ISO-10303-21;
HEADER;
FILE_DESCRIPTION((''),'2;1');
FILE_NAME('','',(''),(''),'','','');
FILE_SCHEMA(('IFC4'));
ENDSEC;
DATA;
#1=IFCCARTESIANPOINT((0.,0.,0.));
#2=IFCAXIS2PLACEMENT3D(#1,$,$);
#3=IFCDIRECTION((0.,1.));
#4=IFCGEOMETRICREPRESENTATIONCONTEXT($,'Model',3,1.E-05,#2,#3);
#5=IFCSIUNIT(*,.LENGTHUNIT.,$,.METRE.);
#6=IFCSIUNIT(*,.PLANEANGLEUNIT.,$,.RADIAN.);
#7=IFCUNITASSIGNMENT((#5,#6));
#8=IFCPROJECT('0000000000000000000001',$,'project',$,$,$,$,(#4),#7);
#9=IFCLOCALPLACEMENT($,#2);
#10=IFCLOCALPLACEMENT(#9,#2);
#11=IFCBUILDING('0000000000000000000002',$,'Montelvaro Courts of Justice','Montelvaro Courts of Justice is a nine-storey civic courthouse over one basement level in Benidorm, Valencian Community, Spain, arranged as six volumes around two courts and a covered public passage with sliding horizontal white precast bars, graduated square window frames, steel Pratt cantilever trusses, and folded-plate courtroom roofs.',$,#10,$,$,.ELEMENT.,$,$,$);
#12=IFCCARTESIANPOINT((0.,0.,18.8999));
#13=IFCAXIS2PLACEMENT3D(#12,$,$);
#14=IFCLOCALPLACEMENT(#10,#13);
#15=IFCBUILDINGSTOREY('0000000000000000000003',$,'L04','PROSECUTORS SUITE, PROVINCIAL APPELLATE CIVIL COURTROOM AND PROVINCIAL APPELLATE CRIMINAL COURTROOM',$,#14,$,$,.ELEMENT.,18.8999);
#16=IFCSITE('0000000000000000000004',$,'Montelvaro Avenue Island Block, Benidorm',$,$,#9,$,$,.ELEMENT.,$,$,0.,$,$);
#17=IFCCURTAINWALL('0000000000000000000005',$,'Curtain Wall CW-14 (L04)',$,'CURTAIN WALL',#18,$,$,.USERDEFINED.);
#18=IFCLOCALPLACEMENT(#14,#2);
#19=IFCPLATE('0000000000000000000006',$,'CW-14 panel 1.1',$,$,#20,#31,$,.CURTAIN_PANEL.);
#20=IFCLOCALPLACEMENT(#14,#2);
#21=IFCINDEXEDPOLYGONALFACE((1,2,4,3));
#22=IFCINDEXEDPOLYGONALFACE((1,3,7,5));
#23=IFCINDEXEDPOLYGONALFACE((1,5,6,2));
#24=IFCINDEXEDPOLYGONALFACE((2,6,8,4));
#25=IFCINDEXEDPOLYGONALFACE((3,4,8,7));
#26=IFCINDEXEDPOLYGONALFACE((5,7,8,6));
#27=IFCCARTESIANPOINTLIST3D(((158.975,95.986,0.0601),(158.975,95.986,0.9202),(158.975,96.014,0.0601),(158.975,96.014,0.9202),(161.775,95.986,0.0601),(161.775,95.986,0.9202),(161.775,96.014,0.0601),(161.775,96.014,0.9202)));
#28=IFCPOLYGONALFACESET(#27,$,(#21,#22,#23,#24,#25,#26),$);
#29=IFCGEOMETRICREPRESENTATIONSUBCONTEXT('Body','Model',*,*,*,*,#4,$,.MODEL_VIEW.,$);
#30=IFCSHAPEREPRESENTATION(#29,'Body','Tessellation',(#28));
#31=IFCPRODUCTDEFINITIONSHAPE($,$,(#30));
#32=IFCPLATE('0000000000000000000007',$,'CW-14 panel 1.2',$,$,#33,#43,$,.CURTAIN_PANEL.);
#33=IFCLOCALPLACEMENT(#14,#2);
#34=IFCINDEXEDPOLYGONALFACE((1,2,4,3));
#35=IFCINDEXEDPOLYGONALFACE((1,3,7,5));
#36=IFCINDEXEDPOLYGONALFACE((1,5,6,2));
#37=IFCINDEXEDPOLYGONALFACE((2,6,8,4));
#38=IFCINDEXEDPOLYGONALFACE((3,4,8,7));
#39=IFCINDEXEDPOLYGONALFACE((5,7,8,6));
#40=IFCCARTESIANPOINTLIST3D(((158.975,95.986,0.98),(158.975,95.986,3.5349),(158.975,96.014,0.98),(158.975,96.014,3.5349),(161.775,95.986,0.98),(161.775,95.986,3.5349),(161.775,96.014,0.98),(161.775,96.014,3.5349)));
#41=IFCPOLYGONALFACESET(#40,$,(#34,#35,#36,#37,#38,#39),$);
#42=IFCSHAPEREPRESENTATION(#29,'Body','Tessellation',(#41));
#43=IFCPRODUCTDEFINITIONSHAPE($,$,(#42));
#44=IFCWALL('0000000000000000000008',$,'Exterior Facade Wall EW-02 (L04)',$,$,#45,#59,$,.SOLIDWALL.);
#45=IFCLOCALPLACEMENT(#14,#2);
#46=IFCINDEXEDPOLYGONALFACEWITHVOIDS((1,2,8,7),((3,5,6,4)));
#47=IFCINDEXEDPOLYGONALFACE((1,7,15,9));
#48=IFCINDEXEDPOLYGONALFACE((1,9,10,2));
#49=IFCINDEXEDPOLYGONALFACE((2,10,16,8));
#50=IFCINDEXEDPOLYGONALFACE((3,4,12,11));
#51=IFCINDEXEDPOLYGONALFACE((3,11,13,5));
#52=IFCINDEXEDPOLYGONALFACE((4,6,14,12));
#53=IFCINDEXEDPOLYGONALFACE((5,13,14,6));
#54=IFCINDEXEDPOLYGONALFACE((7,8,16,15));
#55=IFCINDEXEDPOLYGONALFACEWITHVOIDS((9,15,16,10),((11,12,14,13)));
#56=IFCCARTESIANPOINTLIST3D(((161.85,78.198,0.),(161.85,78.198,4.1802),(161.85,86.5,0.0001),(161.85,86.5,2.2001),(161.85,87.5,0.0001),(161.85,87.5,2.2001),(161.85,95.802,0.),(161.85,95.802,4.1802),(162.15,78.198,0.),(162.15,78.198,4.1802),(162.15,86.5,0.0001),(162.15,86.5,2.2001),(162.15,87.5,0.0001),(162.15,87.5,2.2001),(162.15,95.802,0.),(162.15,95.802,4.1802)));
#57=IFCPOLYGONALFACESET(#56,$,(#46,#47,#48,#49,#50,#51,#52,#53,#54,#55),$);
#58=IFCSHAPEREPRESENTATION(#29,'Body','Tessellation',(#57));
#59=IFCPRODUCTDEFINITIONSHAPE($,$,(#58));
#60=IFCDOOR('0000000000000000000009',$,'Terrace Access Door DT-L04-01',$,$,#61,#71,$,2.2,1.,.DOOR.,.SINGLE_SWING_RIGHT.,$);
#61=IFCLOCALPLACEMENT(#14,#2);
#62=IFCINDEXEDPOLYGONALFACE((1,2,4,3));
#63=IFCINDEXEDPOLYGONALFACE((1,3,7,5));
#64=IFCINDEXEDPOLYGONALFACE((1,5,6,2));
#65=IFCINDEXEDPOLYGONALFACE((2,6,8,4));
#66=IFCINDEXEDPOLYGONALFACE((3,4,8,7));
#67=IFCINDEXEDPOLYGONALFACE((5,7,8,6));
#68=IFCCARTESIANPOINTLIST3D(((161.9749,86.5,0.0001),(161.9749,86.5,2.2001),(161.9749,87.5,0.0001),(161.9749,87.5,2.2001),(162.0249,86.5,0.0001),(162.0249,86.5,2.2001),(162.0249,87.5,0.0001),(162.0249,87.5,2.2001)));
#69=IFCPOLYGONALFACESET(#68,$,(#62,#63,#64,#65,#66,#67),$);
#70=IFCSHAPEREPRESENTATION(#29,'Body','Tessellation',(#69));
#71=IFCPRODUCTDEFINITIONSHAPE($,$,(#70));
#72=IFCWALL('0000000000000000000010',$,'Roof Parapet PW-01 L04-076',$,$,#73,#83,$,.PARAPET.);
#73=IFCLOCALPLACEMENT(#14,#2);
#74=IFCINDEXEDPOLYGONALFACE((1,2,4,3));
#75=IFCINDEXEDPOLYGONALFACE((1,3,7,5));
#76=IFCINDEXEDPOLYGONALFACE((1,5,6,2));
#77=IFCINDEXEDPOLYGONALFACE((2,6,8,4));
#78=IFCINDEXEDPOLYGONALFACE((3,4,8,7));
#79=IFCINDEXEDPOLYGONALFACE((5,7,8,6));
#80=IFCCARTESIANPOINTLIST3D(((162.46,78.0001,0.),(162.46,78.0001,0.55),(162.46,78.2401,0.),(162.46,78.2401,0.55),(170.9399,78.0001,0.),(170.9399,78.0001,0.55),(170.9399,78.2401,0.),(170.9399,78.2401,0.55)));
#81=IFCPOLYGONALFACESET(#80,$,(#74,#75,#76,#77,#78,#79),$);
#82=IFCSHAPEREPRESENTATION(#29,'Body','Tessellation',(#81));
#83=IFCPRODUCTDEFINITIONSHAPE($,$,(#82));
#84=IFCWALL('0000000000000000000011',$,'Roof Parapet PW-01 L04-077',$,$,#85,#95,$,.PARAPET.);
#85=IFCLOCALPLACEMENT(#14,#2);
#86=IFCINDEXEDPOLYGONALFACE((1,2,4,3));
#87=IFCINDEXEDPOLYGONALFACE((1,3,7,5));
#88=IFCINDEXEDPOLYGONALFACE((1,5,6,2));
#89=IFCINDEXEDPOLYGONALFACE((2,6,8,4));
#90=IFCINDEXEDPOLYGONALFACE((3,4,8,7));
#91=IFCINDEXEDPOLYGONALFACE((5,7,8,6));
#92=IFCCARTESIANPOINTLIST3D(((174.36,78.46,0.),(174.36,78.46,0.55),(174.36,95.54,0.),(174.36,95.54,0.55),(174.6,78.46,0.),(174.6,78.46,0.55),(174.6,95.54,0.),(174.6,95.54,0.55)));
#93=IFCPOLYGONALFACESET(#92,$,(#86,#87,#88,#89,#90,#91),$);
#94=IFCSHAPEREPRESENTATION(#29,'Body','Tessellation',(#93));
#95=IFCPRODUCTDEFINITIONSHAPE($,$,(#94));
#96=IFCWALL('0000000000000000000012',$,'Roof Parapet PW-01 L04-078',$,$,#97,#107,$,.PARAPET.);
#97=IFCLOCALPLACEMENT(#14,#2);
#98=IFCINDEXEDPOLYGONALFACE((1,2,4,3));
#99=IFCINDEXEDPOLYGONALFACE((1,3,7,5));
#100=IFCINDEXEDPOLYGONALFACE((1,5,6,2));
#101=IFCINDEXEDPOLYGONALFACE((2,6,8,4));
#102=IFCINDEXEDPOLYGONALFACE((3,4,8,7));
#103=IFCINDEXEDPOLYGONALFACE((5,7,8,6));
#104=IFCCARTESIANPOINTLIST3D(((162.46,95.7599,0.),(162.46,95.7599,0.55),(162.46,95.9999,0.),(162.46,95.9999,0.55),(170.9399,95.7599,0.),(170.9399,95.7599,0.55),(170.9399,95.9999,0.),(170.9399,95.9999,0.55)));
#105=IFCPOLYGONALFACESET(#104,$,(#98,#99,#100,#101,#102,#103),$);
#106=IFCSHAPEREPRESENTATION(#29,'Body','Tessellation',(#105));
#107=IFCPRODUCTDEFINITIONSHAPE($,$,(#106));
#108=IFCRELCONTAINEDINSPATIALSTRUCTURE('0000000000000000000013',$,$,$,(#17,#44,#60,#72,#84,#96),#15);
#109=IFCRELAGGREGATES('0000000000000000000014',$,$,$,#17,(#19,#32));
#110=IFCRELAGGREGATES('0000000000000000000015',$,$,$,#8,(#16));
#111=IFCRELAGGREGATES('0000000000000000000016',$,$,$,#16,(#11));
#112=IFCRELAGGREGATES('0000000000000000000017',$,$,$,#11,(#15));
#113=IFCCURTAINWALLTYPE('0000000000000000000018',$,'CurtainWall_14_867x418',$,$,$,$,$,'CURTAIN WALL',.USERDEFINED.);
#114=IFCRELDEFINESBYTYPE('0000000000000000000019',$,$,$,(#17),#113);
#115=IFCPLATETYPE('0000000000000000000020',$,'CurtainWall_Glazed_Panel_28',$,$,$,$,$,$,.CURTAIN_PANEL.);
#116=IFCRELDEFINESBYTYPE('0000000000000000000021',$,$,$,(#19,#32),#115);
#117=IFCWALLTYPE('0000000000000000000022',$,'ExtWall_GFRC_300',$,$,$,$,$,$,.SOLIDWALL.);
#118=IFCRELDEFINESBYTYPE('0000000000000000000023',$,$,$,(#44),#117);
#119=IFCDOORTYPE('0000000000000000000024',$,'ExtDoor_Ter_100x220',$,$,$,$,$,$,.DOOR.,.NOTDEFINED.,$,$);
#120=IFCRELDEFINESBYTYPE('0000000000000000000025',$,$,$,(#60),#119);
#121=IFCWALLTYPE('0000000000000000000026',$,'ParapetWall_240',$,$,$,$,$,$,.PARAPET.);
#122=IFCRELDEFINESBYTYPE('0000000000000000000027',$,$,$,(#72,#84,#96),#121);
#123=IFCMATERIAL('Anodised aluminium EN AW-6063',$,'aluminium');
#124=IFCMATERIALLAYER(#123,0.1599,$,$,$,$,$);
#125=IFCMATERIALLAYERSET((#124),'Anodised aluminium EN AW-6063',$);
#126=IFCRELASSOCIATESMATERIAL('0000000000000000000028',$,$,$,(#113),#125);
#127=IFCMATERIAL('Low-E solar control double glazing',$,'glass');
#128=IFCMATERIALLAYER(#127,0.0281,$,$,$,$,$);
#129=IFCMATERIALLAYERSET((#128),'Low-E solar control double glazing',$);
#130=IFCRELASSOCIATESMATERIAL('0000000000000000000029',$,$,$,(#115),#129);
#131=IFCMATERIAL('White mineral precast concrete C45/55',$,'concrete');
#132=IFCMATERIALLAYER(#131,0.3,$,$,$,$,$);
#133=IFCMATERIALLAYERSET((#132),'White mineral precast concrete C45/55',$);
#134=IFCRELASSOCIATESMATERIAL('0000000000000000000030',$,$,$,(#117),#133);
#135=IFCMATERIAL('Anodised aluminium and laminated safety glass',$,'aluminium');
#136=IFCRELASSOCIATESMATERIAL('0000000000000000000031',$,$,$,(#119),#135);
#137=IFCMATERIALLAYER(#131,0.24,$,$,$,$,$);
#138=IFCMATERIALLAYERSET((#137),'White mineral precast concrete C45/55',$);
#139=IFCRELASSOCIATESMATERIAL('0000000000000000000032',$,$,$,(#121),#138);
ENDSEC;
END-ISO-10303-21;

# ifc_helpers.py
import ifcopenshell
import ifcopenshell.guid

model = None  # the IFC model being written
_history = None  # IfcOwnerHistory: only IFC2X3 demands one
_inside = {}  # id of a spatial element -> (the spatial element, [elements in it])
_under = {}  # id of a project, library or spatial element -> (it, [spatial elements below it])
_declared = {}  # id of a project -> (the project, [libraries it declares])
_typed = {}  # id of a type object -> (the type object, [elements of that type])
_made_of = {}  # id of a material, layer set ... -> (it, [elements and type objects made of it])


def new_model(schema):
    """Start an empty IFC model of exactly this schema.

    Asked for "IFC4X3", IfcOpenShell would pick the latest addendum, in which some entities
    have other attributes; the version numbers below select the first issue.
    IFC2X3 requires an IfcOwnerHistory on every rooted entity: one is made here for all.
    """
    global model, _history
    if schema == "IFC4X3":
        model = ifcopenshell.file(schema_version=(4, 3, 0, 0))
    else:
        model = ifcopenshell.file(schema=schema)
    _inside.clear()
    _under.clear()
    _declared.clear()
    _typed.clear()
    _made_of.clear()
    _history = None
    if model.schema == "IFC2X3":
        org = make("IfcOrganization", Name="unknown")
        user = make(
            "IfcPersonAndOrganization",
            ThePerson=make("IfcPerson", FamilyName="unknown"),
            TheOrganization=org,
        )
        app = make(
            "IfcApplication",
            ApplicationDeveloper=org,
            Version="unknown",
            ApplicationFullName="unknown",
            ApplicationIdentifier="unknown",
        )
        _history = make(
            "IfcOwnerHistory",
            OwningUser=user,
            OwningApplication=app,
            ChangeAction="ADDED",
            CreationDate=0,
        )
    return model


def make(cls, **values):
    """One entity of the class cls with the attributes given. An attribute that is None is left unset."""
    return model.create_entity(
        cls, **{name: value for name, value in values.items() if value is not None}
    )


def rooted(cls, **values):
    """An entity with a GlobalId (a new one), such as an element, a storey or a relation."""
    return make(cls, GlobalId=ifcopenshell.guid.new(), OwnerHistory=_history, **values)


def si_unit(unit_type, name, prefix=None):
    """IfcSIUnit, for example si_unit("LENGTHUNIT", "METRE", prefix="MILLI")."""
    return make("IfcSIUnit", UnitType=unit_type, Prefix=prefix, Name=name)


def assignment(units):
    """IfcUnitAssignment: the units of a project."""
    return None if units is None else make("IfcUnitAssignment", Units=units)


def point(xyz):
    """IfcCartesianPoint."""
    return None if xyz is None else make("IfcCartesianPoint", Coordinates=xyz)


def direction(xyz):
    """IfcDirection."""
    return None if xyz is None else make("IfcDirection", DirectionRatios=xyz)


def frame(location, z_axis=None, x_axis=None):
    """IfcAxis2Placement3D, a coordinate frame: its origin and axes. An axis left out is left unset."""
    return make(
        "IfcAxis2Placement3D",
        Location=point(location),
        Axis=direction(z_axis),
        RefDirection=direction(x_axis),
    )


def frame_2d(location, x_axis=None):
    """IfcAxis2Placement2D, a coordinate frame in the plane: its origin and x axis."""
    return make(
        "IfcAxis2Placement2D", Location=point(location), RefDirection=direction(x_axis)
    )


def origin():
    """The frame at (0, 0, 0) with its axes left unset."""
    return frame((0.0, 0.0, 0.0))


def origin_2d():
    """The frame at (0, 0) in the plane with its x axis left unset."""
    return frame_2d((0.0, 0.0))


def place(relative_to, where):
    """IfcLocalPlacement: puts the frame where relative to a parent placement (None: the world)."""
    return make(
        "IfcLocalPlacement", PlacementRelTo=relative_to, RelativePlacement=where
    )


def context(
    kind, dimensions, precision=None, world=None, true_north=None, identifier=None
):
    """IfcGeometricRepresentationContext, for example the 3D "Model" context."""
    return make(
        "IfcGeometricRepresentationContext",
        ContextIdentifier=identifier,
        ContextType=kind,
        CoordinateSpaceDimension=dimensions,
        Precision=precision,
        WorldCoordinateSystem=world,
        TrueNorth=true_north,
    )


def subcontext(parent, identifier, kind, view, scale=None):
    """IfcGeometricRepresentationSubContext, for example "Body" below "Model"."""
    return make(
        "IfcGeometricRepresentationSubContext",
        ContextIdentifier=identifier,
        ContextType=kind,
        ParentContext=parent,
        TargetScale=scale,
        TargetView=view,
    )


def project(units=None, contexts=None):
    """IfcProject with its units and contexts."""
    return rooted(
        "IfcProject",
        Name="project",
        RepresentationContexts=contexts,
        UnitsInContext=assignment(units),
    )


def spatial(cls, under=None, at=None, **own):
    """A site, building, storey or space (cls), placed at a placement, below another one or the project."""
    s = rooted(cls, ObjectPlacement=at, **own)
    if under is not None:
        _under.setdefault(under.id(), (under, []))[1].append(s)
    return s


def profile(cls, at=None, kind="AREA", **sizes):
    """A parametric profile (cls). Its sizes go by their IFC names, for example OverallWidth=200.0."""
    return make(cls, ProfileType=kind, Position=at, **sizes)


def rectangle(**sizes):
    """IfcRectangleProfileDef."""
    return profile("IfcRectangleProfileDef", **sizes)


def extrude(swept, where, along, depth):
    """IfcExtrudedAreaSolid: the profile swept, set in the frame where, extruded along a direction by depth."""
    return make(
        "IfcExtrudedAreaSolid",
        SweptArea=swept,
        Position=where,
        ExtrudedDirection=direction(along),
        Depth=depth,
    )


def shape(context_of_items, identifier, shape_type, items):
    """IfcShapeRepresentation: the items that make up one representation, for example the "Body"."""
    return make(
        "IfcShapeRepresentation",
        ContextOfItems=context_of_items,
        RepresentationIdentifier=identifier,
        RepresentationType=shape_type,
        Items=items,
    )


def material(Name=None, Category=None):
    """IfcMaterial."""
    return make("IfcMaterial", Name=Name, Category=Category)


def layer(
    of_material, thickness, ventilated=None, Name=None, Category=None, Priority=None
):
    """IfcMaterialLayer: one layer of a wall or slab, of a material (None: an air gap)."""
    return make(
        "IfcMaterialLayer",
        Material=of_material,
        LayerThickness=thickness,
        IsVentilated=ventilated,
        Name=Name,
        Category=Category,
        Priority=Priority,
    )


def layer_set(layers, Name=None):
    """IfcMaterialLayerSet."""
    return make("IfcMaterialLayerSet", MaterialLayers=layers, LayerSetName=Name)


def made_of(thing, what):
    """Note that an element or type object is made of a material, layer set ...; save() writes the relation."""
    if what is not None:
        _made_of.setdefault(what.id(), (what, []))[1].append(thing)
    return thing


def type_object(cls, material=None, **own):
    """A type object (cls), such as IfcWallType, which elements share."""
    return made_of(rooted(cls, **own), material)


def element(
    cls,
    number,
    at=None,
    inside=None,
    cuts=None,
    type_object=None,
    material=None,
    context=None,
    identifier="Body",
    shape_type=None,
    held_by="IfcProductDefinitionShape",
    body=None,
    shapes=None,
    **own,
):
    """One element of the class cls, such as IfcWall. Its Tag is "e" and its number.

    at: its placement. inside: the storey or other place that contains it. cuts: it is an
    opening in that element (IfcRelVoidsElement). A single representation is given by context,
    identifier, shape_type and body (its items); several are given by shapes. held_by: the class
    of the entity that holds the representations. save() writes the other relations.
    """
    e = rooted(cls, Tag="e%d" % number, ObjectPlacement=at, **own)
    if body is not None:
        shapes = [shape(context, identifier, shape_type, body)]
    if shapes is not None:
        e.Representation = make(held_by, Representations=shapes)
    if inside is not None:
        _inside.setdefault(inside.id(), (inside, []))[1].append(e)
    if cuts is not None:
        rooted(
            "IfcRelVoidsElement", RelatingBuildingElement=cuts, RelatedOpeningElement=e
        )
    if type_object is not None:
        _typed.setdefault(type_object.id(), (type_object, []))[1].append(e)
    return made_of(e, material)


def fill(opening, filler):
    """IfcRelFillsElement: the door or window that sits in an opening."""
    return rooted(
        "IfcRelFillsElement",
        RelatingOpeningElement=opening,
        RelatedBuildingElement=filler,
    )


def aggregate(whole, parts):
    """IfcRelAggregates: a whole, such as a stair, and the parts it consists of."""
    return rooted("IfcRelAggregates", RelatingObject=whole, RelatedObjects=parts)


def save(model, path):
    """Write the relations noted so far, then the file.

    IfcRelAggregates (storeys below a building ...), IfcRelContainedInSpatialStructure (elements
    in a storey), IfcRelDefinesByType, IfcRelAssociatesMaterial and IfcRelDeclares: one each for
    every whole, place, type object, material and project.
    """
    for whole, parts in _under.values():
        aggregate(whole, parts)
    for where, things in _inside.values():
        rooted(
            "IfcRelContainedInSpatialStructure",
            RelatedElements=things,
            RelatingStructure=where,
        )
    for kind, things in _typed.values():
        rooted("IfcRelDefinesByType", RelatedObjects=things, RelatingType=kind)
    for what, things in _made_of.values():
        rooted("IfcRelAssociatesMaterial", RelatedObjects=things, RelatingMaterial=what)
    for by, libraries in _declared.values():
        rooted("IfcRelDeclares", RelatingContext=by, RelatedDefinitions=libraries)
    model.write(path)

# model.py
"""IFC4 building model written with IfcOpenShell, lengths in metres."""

from ifc_helpers import new_model, si_unit, direction, frame, frame_2d, origin, origin_2d, place, context, subcontext, project, spatial, rectangle, extrude, material, layer, layer_set, type_object, element, fill, aggregate, save


model = new_model("IFC4")

# Units and contexts
model_context = context("Model", 3, precision=1e-05, world=origin(), true_north=direction((0.0, 1.0)))
body_context = subcontext(model_context, "Body", "Model", "MODEL_VIEW")
ifc_project = project(units=[si_unit("LENGTHUNIT", "METRE"), si_unit("PLANEANGLEUNIT", "RADIAN")], contexts=[model_context])

# Site, building, storey
site_placement = place(None, origin())
site = spatial("IfcSite", under=ifc_project, at=site_placement, Name="Montelvaro Avenue Island Block, Benidorm", CompositionType="ELEMENT", RefElevation=0.0)
building_placement = place(site_placement, origin())
building = spatial("IfcBuilding", under=site, at=building_placement, Name="Montelvaro Courts of Justice", Description="Montelvaro Courts of Justice is a nine-storey civic courthouse over one basement level in Benidorm, Valencian Community, Spain, arranged as six volumes around two courts and a covered public passage with sliding horizontal white precast bars, graduated square window frames, steel Pratt cantilever trusses, and folded-plate courtroom roofs.", CompositionType="ELEMENT")
storey_placement = place(building_placement, frame((0.0, 0.0, 18.8999)))
storey = spatial("IfcBuildingStorey", under=building, at=storey_placement, Name="L04", Description="PROSECUTORS SUITE, PROVINCIAL APPELLATE CIVIL COURTROOM AND PROVINCIAL APPELLATE CRIMINAL COURTROOM", CompositionType="ELEMENT", Elevation=18.8999)

# Curtain wall
ifc_material_1 = material(Name="Anodised aluminium EN AW-6063", Category="aluminium")
ifc_layer_1 = layer(ifc_material_1, 0.1599)
ifc_layer_set_1 = layer_set([ifc_layer_1], Name="Anodised aluminium EN AW-6063")
curtain_wall_type_1 = type_object("IfcCurtainWallType", Name="CurtainWall_14_867x418", ElementType="CURTAIN WALL", PredefinedType="USERDEFINED", material=ifc_layer_set_1)
curtain_wall_1_placement = place(storey_placement, origin())
curtain_wall_1 = element("IfcCurtainWall", 1, at=curtain_wall_1_placement, inside=storey, type_object=curtain_wall_type_1, Name="Curtain Wall CW-14 (L04)", ObjectType="CURTAIN WALL", PredefinedType="USERDEFINED")

# Plates
ifc_material_2 = material(Name="Low-E solar control double glazing", Category="glass")
ifc_layer_2 = layer(ifc_material_2, 0.0281)
ifc_layer_set_2 = layer_set([ifc_layer_2], Name="Low-E solar control double glazing")
plate_type = type_object("IfcPlateType", Name="CurtainWall_Glazed_Panel_28", PredefinedType="CURTAIN_PANEL", material=ifc_layer_set_2)
plate_1_placement = place(storey_placement, frame((160.375, 96.0, 0.0601), z_axis=(0.0, 0.0, 1.0), x_axis=(-1.0, 0.0, 0.0)))
plate_1 = element("IfcPlate", 2, at=plate_1_placement, type_object=plate_type, Name="CW-14 panel 1.1", PredefinedType="CURTAIN_PANEL", context=body_context, shape_type="SweptSolid", body=[
    extrude(rectangle(XDim=2.8, YDim=0.0281, at=origin_2d()), origin(), (0.0, 0.0, 1.0), 0.8601),
])
plate_2_placement = place(storey_placement, frame((160.375, 96.0, 0.98), z_axis=(0.0, 0.0, 1.0), x_axis=(-1.0, 0.0, 0.0)))
plate_2 = element("IfcPlate", 3, at=plate_2_placement, type_object=plate_type, Name="CW-14 panel 1.2", PredefinedType="CURTAIN_PANEL", context=body_context, shape_type="SweptSolid", body=[
    extrude(rectangle(XDim=2.8, YDim=0.0281, at=origin_2d()), origin(), (0.0, 0.0, 1.0), 2.5549),
])
aggregate(curtain_wall_1, [plate_1, plate_2])

# Wall, opening, door
ifc_material_3 = material(Name="White mineral precast concrete C45/55", Category="concrete")
ifc_layer_3 = layer(ifc_material_3, 0.3)
ifc_layer_set_3 = layer_set([ifc_layer_3], Name="White mineral precast concrete C45/55")
wall_type_1 = type_object("IfcWallType", Name="ExtWall_GFRC_300", PredefinedType="SOLIDWALL", material=ifc_layer_set_3)
wall_1_placement = place(storey_placement, frame((162.0, 78.198, 0.0), z_axis=(0.0, 0.0, 1.0), x_axis=(0.0, 1.0, 0.0)))
wall_1 = element("IfcWall", 4, at=wall_1_placement, inside=storey, type_object=wall_type_1, Name="Exterior Facade Wall EW-02 (L04)", PredefinedType="SOLIDWALL", context=body_context, shape_type="SweptSolid", body=[
    extrude(rectangle(XDim=17.604, YDim=0.3, at=frame_2d((8.802, 0.0))), origin(), (0.0, 0.0, 1.0), 4.1802),
])
opening_placement = place(wall_1_placement, frame((8.302, 0.0, 0.0)))
opening = element("IfcOpeningElement", 5, at=opening_placement, cuts=wall_1, PredefinedType="OPENING", context=body_context, shape_type="SweptSolid", body=[
    extrude(rectangle(XDim=1.0, YDim=2.2, at=frame_2d((0.5, 1.1001))), frame((0.0, 0.165, 0.0), z_axis=(0.0, -1.0, 0.0), x_axis=(1.0, 0.0, 0.0)), (0.0, 0.0, 1.0), 0.3298),
])
ifc_material_4 = material(Name="Anodised aluminium and laminated safety glass", Category="aluminium")
door_type = type_object("IfcDoorType", Name="ExtDoor_Ter_100x220", OperationType="NOTDEFINED", PredefinedType="DOOR", material=ifc_material_4)
door_placement = place(opening_placement, frame((1.0, 0.0, 0.0), z_axis=(0.0, 0.0, 1.0), x_axis=(-1.0, 0.0, 0.0)))
door = element("IfcDoor", 6, at=door_placement, inside=storey, type_object=door_type, Name="Terrace Access Door DT-L04-01", OperationType="SINGLE_SWING_RIGHT", OverallHeight=2.2, OverallWidth=1.0, PredefinedType="DOOR", context=body_context, shape_type="SweptSolid", body=[
    extrude(rectangle(XDim=1.0, YDim=2.2, at=frame_2d((0.5, 1.1001))), frame((0.0, 0.0249, 0.0), z_axis=(0.0, -1.0, 0.0), x_axis=(1.0, 0.0, 0.0)), (0.0, 0.0, 1.0), 0.05),
])
fill(opening, door)

# Walls
ifc_layer_4 = layer(ifc_material_3, 0.24)
ifc_layer_set_4 = layer_set([ifc_layer_4], Name="White mineral precast concrete C45/55")
wall_type_2 = type_object("IfcWallType", Name="ParapetWall_240", PredefinedType="PARAPET", material=ifc_layer_set_4)
wall_2_placement = place(storey_placement, frame((162.46, 78.1201, 0.0), z_axis=(0.0, 0.0, 1.0), x_axis=(1.0, 0.0, 0.0)))
element("IfcWall", 7, at=wall_2_placement, inside=storey, type_object=wall_type_2, Name="Roof Parapet PW-01 L04-076", PredefinedType="PARAPET", context=body_context, shape_type="SweptSolid", body=[
    extrude(rectangle(XDim=8.48, YDim=0.24, at=frame_2d((4.24, 0.0))), origin(), (0.0, 0.0, 1.0), 0.55),
])
wall_3_placement = place(storey_placement, frame((174.48, 78.46, 0.0), z_axis=(0.0, 0.0, 1.0), x_axis=(0.0, 1.0, 0.0)))
element("IfcWall", 8, at=wall_3_placement, inside=storey, type_object=wall_type_2, Name="Roof Parapet PW-01 L04-077", PredefinedType="PARAPET", context=body_context, shape_type="SweptSolid", body=[
    extrude(rectangle(XDim=17.0801, YDim=0.24, at=frame_2d((8.54, 0.0))), origin(), (0.0, 0.0, 1.0), 0.55),
])
wall_4_placement = place(storey_placement, frame((162.46, 95.8799, 0.0), z_axis=(0.0, 0.0, 1.0), x_axis=(1.0, 0.0, 0.0)))
element("IfcWall", 9, at=wall_4_placement, inside=storey, type_object=wall_type_2, Name="Roof Parapet PW-01 L04-078", PredefinedType="PARAPET", context=body_context, shape_type="SweptSolid", body=[
    extrude(rectangle(XDim=8.48, YDim=0.24, at=frame_2d((4.24, 0.0))), origin(), (0.0, 0.0, 1.0), 0.55),
])

save(model, "model.ifc")
